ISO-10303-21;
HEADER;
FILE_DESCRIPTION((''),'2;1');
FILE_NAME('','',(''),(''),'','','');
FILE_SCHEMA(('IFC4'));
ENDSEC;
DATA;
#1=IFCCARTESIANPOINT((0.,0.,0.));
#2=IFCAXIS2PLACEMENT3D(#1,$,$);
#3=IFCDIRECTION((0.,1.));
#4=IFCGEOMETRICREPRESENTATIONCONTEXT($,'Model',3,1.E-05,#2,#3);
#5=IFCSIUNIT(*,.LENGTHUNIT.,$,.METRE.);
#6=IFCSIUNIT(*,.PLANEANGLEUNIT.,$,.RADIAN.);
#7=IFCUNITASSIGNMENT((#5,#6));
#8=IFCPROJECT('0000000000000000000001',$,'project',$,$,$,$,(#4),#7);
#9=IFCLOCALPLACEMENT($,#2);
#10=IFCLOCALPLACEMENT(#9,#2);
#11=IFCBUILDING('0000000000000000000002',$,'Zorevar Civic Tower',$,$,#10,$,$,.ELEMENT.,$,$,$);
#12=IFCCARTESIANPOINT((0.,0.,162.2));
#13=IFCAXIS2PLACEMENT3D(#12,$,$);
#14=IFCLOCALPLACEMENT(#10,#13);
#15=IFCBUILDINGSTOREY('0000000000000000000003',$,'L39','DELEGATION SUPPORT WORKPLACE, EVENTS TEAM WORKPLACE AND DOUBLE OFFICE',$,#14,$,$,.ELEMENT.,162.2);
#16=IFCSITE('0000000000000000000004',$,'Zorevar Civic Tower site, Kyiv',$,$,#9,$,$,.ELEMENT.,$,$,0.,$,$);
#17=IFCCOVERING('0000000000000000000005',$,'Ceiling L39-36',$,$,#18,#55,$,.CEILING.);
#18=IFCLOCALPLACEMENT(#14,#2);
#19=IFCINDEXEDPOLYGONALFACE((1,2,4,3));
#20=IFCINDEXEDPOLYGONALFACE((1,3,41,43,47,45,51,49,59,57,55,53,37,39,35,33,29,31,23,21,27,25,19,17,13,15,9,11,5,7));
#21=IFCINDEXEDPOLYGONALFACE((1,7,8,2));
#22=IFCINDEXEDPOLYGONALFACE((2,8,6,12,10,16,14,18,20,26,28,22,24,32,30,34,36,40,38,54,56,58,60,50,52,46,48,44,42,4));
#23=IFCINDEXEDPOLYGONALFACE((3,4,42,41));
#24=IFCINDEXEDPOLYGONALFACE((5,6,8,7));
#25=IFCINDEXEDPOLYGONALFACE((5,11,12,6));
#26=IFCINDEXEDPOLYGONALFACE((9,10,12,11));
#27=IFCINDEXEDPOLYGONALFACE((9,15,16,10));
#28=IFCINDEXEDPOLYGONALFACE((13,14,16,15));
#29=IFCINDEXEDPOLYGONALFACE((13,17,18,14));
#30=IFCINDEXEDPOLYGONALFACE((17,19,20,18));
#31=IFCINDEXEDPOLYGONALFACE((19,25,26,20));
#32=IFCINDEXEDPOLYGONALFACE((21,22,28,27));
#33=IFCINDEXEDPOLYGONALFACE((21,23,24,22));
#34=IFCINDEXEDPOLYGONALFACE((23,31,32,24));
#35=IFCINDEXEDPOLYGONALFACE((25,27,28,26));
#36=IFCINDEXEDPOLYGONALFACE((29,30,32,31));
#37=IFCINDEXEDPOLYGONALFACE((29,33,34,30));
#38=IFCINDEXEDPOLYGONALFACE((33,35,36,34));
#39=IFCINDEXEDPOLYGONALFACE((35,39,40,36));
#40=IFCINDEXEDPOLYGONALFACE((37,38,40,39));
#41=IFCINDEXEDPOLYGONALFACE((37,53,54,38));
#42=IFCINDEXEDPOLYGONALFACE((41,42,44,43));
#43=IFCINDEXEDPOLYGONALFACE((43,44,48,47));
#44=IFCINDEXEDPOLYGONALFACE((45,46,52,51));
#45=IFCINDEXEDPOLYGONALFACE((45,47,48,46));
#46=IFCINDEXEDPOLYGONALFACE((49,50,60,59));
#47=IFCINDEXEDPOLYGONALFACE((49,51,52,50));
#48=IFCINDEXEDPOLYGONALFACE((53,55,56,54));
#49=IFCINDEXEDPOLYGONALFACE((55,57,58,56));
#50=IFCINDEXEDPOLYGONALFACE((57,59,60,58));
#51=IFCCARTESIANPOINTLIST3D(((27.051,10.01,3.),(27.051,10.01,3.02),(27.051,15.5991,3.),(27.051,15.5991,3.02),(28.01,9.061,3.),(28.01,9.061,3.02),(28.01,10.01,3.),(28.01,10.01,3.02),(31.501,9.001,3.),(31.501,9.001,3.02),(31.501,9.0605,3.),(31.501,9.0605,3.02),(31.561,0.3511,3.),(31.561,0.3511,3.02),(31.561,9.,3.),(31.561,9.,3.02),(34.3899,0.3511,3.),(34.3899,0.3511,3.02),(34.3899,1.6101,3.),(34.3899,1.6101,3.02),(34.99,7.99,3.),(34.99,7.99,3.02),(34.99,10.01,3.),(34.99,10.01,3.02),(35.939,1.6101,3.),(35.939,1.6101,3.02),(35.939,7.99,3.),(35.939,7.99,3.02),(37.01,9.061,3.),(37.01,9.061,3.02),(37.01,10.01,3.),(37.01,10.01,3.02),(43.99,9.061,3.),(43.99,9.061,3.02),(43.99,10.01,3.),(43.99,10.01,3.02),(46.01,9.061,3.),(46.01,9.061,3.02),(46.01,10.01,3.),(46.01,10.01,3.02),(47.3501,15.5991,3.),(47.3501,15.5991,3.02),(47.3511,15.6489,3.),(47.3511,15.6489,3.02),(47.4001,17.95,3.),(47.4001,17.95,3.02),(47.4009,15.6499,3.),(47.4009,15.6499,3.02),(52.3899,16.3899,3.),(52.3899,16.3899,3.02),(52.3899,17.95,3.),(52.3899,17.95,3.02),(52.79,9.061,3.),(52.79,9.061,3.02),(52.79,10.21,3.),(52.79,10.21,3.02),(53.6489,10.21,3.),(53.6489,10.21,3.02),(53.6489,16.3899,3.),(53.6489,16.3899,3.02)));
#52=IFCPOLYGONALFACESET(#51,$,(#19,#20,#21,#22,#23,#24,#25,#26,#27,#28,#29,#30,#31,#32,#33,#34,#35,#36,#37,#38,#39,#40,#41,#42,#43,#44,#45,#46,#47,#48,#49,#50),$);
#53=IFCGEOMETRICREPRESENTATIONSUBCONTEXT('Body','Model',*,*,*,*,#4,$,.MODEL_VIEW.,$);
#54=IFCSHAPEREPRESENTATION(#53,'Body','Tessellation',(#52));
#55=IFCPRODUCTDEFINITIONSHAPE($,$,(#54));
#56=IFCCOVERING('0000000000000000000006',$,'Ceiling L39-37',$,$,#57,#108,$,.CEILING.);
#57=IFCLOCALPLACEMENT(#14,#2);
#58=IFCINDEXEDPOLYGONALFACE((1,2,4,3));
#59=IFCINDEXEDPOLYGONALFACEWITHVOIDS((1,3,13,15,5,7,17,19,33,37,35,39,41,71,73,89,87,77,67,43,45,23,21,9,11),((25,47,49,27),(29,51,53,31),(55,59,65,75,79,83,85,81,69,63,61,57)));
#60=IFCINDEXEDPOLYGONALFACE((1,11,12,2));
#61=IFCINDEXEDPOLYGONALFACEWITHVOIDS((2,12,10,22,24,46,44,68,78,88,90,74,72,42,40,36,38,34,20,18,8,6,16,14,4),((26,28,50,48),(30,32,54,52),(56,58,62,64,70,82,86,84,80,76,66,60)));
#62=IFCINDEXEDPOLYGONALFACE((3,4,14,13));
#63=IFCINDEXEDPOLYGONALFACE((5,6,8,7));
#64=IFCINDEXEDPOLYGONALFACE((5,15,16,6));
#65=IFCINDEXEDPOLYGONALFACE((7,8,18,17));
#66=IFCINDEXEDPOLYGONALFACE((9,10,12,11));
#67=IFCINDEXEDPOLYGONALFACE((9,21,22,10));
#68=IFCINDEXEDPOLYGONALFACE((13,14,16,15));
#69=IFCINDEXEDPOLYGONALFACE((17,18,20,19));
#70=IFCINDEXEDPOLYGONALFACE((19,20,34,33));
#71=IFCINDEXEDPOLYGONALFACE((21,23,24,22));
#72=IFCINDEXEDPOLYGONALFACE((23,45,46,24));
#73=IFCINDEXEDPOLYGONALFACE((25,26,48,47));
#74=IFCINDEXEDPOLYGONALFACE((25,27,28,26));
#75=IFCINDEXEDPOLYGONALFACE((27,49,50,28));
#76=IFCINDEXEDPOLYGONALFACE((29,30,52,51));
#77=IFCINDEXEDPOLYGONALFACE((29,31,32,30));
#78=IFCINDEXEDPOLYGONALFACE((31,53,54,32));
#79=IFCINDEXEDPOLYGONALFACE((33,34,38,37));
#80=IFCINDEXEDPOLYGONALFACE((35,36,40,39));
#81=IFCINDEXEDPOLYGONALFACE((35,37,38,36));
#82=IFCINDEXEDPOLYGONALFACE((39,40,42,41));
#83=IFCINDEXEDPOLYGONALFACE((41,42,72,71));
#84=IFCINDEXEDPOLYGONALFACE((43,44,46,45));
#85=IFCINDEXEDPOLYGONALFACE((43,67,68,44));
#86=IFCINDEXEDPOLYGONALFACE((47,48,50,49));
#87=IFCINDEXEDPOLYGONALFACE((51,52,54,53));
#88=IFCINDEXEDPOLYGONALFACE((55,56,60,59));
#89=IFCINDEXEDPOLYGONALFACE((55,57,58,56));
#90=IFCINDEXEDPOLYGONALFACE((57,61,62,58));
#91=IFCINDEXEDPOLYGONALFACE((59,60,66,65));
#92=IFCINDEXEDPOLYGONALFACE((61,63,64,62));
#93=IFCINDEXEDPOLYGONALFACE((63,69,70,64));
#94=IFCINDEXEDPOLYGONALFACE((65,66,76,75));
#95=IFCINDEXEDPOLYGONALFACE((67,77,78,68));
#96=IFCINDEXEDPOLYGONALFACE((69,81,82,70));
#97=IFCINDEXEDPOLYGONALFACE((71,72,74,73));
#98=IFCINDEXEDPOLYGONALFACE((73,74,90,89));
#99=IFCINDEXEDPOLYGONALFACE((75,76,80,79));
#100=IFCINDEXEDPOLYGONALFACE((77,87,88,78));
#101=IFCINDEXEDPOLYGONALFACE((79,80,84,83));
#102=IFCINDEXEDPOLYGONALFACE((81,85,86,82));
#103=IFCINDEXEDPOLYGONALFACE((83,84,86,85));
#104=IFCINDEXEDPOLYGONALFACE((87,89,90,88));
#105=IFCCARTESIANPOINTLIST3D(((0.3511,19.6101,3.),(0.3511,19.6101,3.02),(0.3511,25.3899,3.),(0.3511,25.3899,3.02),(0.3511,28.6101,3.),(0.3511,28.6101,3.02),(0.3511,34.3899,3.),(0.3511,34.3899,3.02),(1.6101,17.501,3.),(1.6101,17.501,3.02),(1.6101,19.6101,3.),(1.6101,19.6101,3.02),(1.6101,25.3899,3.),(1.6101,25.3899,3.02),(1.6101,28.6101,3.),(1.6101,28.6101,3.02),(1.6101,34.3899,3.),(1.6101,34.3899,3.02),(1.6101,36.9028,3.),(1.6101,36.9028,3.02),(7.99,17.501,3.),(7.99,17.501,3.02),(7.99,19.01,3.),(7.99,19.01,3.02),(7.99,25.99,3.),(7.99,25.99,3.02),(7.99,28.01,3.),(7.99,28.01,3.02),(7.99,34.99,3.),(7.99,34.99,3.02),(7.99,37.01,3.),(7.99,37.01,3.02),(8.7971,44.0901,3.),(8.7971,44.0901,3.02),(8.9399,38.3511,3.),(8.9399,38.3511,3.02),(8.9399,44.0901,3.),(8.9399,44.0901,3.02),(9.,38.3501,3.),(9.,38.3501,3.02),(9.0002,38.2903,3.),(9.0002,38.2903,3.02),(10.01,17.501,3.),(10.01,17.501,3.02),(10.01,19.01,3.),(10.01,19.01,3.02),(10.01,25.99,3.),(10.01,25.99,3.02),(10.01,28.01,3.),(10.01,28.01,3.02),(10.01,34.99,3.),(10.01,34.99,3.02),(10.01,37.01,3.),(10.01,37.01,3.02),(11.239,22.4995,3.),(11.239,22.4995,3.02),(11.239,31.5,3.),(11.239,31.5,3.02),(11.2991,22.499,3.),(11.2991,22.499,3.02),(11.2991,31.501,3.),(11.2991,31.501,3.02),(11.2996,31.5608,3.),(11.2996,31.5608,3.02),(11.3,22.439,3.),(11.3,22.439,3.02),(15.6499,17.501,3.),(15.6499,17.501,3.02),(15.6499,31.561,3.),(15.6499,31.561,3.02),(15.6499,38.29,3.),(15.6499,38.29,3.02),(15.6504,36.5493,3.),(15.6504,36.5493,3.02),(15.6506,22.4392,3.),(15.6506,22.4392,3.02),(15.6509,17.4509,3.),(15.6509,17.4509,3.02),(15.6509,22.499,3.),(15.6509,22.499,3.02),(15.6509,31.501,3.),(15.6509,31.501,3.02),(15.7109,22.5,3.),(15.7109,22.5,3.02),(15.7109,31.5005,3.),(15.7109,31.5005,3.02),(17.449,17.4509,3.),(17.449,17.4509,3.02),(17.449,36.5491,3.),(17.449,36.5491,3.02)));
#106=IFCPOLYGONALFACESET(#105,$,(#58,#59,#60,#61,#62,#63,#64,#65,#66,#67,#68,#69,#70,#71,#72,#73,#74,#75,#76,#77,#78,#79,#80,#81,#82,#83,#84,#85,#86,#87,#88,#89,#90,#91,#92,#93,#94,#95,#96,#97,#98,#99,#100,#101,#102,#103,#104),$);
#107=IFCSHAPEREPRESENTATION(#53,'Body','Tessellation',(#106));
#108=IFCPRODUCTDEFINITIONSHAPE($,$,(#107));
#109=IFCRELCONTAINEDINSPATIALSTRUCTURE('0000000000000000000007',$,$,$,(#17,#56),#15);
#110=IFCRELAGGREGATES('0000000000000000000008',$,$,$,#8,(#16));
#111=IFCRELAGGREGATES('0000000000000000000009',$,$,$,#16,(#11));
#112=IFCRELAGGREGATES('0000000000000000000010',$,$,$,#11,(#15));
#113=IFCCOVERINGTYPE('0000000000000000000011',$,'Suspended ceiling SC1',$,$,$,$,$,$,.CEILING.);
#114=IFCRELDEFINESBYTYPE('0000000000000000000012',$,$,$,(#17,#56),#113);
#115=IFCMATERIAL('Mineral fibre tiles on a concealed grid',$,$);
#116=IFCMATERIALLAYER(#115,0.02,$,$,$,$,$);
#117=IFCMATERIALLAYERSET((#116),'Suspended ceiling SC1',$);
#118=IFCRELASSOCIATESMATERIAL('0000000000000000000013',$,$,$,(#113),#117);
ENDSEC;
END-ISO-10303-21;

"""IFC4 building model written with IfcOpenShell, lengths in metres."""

from ifc_helpers import new_model, si_unit, direction, frame, origin, place, context, subcontext, project, spatial, polyline, outline, extrude, material, layer, layer_set, type_object, element, save


model = new_model("IFC4")

# Units and contexts
model_context = context("Model", 3, precision=1e-05, world=origin(), true_north=direction((0.0, 1.0)))
body_context = subcontext(model_context, "Body", "Model", "MODEL_VIEW")
ifc_project = project(units=[si_unit("LENGTHUNIT", "METRE"), si_unit("PLANEANGLEUNIT", "RADIAN")], contexts=[model_context])

# Site, building, storey
site_placement = place(None, origin())
site = spatial("IfcSite", under=ifc_project, at=site_placement, Name="Zorevar Civic Tower site, Kyiv", CompositionType="ELEMENT", RefElevation=0.0)
building_placement = place(site_placement, origin())
building = spatial("IfcBuilding", under=site, at=building_placement, Name="Zorevar Civic Tower", CompositionType="ELEMENT")
storey_placement = place(building_placement, frame((0.0, 0.0, 162.2)))
storey = spatial("IfcBuildingStorey", under=building, at=storey_placement, Name="L39", Description="DELEGATION SUPPORT WORKPLACE, EVENTS TEAM WORKPLACE AND DOUBLE OFFICE", CompositionType="ELEMENT", Elevation=162.2)

# Coverings
ifc_material_1 = material(Name="Mineral fibre tiles on a concealed grid")
ifc_layer_1 = layer(ifc_material_1, 0.02)
ifc_layer_set_1 = layer_set([ifc_layer_1], Name="Suspended ceiling SC1")
covering_type_1 = type_object("IfcCoveringType", Name="Suspended ceiling SC1", PredefinedType="CEILING", material=ifc_layer_set_1)
covering_1_placement = place(storey_placement, frame((0.0, 0.0, 3.0)))
element("IfcCovering", 1, at=covering_1_placement, inside=storey, type_object=covering_type_1, Name="Ceiling L39-36", PredefinedType="CEILING", context=body_context, shape_type="SweptSolid", body=[
    extrude(outline(polyline([(47.3511, 15.6489), (47.4009, 15.6499), (47.4001, 17.95), (52.3899, 17.95), (52.3899, 16.3899), (53.6489, 16.3899), (53.6489, 10.21), (52.79, 10.21), (52.79, 9.061), (46.01, 9.061), (46.01, 10.01), (43.99, 10.01), (43.99, 9.061), (37.01, 9.061), (37.01, 10.01), (34.99, 10.01), (34.99, 7.99), (35.939, 7.99), (35.939, 1.6101), (34.3899, 1.6101), (34.3899, 0.3511), (31.561, 0.3511), (31.561, 9.0), (31.501, 9.001), (31.501, 9.0605), (28.01, 9.061), (28.01, 10.01), (27.051, 10.01), (27.051, 15.5991), (47.3501, 15.5991), (47.3511, 15.6489)])), origin(), (0.0, 0.0, 1.0), 0.02),
])
covering_2_placement = place(storey_placement, frame((0.0, 0.0, 3.0)))
element("IfcCovering", 2, at=covering_2_placement, inside=storey, type_object=covering_type_1, Name="Ceiling L39-37", PredefinedType="CEILING", context=body_context, shape_type="SweptSolid", body=[
    extrude(outline(polyline([(8.9399, 44.0901), (8.9399, 38.3511), (9.0, 38.3501), (9.0002, 38.2903), (15.6499, 38.29), (15.6504, 36.5493), (17.449, 36.5491), (17.449, 17.4509), (15.6509, 17.4509), (15.6499, 17.501), (10.01, 17.501), (10.01, 19.01), (7.99, 19.01), (7.99, 17.501), (1.6101, 17.501), (1.6101, 19.6101), (0.3511, 19.6101), (0.3511, 25.3899), (1.6101, 25.3899), (1.6101, 28.6101), (0.3511, 28.6101), (0.3511, 34.3899), (1.6101, 34.3899), (1.6101, 36.9028), (8.7971, 44.0901), (8.9399, 44.0901)]), holes=[polyline([(11.239, 31.5), (11.239, 22.4995), (11.2991, 22.499), (11.3, 22.439), (15.6506, 22.4392), (15.6509, 22.499), (15.7109, 22.5), (15.7109, 31.5005), (15.6509, 31.501), (15.6499, 31.561), (11.2996, 31.5608), (11.2991, 31.501), (11.239, 31.5)]), polyline([(10.01, 25.99), (10.01, 28.01), (7.99, 28.01), (7.99, 25.99), (10.01, 25.99)]), polyline([(7.99, 34.99), (10.01, 34.99), (10.01, 37.01), (7.99, 37.01), (7.99, 34.99)])]), origin(), (0.0, 0.0, 1.0), 0.02),
])

save(model, "model.ifc")
